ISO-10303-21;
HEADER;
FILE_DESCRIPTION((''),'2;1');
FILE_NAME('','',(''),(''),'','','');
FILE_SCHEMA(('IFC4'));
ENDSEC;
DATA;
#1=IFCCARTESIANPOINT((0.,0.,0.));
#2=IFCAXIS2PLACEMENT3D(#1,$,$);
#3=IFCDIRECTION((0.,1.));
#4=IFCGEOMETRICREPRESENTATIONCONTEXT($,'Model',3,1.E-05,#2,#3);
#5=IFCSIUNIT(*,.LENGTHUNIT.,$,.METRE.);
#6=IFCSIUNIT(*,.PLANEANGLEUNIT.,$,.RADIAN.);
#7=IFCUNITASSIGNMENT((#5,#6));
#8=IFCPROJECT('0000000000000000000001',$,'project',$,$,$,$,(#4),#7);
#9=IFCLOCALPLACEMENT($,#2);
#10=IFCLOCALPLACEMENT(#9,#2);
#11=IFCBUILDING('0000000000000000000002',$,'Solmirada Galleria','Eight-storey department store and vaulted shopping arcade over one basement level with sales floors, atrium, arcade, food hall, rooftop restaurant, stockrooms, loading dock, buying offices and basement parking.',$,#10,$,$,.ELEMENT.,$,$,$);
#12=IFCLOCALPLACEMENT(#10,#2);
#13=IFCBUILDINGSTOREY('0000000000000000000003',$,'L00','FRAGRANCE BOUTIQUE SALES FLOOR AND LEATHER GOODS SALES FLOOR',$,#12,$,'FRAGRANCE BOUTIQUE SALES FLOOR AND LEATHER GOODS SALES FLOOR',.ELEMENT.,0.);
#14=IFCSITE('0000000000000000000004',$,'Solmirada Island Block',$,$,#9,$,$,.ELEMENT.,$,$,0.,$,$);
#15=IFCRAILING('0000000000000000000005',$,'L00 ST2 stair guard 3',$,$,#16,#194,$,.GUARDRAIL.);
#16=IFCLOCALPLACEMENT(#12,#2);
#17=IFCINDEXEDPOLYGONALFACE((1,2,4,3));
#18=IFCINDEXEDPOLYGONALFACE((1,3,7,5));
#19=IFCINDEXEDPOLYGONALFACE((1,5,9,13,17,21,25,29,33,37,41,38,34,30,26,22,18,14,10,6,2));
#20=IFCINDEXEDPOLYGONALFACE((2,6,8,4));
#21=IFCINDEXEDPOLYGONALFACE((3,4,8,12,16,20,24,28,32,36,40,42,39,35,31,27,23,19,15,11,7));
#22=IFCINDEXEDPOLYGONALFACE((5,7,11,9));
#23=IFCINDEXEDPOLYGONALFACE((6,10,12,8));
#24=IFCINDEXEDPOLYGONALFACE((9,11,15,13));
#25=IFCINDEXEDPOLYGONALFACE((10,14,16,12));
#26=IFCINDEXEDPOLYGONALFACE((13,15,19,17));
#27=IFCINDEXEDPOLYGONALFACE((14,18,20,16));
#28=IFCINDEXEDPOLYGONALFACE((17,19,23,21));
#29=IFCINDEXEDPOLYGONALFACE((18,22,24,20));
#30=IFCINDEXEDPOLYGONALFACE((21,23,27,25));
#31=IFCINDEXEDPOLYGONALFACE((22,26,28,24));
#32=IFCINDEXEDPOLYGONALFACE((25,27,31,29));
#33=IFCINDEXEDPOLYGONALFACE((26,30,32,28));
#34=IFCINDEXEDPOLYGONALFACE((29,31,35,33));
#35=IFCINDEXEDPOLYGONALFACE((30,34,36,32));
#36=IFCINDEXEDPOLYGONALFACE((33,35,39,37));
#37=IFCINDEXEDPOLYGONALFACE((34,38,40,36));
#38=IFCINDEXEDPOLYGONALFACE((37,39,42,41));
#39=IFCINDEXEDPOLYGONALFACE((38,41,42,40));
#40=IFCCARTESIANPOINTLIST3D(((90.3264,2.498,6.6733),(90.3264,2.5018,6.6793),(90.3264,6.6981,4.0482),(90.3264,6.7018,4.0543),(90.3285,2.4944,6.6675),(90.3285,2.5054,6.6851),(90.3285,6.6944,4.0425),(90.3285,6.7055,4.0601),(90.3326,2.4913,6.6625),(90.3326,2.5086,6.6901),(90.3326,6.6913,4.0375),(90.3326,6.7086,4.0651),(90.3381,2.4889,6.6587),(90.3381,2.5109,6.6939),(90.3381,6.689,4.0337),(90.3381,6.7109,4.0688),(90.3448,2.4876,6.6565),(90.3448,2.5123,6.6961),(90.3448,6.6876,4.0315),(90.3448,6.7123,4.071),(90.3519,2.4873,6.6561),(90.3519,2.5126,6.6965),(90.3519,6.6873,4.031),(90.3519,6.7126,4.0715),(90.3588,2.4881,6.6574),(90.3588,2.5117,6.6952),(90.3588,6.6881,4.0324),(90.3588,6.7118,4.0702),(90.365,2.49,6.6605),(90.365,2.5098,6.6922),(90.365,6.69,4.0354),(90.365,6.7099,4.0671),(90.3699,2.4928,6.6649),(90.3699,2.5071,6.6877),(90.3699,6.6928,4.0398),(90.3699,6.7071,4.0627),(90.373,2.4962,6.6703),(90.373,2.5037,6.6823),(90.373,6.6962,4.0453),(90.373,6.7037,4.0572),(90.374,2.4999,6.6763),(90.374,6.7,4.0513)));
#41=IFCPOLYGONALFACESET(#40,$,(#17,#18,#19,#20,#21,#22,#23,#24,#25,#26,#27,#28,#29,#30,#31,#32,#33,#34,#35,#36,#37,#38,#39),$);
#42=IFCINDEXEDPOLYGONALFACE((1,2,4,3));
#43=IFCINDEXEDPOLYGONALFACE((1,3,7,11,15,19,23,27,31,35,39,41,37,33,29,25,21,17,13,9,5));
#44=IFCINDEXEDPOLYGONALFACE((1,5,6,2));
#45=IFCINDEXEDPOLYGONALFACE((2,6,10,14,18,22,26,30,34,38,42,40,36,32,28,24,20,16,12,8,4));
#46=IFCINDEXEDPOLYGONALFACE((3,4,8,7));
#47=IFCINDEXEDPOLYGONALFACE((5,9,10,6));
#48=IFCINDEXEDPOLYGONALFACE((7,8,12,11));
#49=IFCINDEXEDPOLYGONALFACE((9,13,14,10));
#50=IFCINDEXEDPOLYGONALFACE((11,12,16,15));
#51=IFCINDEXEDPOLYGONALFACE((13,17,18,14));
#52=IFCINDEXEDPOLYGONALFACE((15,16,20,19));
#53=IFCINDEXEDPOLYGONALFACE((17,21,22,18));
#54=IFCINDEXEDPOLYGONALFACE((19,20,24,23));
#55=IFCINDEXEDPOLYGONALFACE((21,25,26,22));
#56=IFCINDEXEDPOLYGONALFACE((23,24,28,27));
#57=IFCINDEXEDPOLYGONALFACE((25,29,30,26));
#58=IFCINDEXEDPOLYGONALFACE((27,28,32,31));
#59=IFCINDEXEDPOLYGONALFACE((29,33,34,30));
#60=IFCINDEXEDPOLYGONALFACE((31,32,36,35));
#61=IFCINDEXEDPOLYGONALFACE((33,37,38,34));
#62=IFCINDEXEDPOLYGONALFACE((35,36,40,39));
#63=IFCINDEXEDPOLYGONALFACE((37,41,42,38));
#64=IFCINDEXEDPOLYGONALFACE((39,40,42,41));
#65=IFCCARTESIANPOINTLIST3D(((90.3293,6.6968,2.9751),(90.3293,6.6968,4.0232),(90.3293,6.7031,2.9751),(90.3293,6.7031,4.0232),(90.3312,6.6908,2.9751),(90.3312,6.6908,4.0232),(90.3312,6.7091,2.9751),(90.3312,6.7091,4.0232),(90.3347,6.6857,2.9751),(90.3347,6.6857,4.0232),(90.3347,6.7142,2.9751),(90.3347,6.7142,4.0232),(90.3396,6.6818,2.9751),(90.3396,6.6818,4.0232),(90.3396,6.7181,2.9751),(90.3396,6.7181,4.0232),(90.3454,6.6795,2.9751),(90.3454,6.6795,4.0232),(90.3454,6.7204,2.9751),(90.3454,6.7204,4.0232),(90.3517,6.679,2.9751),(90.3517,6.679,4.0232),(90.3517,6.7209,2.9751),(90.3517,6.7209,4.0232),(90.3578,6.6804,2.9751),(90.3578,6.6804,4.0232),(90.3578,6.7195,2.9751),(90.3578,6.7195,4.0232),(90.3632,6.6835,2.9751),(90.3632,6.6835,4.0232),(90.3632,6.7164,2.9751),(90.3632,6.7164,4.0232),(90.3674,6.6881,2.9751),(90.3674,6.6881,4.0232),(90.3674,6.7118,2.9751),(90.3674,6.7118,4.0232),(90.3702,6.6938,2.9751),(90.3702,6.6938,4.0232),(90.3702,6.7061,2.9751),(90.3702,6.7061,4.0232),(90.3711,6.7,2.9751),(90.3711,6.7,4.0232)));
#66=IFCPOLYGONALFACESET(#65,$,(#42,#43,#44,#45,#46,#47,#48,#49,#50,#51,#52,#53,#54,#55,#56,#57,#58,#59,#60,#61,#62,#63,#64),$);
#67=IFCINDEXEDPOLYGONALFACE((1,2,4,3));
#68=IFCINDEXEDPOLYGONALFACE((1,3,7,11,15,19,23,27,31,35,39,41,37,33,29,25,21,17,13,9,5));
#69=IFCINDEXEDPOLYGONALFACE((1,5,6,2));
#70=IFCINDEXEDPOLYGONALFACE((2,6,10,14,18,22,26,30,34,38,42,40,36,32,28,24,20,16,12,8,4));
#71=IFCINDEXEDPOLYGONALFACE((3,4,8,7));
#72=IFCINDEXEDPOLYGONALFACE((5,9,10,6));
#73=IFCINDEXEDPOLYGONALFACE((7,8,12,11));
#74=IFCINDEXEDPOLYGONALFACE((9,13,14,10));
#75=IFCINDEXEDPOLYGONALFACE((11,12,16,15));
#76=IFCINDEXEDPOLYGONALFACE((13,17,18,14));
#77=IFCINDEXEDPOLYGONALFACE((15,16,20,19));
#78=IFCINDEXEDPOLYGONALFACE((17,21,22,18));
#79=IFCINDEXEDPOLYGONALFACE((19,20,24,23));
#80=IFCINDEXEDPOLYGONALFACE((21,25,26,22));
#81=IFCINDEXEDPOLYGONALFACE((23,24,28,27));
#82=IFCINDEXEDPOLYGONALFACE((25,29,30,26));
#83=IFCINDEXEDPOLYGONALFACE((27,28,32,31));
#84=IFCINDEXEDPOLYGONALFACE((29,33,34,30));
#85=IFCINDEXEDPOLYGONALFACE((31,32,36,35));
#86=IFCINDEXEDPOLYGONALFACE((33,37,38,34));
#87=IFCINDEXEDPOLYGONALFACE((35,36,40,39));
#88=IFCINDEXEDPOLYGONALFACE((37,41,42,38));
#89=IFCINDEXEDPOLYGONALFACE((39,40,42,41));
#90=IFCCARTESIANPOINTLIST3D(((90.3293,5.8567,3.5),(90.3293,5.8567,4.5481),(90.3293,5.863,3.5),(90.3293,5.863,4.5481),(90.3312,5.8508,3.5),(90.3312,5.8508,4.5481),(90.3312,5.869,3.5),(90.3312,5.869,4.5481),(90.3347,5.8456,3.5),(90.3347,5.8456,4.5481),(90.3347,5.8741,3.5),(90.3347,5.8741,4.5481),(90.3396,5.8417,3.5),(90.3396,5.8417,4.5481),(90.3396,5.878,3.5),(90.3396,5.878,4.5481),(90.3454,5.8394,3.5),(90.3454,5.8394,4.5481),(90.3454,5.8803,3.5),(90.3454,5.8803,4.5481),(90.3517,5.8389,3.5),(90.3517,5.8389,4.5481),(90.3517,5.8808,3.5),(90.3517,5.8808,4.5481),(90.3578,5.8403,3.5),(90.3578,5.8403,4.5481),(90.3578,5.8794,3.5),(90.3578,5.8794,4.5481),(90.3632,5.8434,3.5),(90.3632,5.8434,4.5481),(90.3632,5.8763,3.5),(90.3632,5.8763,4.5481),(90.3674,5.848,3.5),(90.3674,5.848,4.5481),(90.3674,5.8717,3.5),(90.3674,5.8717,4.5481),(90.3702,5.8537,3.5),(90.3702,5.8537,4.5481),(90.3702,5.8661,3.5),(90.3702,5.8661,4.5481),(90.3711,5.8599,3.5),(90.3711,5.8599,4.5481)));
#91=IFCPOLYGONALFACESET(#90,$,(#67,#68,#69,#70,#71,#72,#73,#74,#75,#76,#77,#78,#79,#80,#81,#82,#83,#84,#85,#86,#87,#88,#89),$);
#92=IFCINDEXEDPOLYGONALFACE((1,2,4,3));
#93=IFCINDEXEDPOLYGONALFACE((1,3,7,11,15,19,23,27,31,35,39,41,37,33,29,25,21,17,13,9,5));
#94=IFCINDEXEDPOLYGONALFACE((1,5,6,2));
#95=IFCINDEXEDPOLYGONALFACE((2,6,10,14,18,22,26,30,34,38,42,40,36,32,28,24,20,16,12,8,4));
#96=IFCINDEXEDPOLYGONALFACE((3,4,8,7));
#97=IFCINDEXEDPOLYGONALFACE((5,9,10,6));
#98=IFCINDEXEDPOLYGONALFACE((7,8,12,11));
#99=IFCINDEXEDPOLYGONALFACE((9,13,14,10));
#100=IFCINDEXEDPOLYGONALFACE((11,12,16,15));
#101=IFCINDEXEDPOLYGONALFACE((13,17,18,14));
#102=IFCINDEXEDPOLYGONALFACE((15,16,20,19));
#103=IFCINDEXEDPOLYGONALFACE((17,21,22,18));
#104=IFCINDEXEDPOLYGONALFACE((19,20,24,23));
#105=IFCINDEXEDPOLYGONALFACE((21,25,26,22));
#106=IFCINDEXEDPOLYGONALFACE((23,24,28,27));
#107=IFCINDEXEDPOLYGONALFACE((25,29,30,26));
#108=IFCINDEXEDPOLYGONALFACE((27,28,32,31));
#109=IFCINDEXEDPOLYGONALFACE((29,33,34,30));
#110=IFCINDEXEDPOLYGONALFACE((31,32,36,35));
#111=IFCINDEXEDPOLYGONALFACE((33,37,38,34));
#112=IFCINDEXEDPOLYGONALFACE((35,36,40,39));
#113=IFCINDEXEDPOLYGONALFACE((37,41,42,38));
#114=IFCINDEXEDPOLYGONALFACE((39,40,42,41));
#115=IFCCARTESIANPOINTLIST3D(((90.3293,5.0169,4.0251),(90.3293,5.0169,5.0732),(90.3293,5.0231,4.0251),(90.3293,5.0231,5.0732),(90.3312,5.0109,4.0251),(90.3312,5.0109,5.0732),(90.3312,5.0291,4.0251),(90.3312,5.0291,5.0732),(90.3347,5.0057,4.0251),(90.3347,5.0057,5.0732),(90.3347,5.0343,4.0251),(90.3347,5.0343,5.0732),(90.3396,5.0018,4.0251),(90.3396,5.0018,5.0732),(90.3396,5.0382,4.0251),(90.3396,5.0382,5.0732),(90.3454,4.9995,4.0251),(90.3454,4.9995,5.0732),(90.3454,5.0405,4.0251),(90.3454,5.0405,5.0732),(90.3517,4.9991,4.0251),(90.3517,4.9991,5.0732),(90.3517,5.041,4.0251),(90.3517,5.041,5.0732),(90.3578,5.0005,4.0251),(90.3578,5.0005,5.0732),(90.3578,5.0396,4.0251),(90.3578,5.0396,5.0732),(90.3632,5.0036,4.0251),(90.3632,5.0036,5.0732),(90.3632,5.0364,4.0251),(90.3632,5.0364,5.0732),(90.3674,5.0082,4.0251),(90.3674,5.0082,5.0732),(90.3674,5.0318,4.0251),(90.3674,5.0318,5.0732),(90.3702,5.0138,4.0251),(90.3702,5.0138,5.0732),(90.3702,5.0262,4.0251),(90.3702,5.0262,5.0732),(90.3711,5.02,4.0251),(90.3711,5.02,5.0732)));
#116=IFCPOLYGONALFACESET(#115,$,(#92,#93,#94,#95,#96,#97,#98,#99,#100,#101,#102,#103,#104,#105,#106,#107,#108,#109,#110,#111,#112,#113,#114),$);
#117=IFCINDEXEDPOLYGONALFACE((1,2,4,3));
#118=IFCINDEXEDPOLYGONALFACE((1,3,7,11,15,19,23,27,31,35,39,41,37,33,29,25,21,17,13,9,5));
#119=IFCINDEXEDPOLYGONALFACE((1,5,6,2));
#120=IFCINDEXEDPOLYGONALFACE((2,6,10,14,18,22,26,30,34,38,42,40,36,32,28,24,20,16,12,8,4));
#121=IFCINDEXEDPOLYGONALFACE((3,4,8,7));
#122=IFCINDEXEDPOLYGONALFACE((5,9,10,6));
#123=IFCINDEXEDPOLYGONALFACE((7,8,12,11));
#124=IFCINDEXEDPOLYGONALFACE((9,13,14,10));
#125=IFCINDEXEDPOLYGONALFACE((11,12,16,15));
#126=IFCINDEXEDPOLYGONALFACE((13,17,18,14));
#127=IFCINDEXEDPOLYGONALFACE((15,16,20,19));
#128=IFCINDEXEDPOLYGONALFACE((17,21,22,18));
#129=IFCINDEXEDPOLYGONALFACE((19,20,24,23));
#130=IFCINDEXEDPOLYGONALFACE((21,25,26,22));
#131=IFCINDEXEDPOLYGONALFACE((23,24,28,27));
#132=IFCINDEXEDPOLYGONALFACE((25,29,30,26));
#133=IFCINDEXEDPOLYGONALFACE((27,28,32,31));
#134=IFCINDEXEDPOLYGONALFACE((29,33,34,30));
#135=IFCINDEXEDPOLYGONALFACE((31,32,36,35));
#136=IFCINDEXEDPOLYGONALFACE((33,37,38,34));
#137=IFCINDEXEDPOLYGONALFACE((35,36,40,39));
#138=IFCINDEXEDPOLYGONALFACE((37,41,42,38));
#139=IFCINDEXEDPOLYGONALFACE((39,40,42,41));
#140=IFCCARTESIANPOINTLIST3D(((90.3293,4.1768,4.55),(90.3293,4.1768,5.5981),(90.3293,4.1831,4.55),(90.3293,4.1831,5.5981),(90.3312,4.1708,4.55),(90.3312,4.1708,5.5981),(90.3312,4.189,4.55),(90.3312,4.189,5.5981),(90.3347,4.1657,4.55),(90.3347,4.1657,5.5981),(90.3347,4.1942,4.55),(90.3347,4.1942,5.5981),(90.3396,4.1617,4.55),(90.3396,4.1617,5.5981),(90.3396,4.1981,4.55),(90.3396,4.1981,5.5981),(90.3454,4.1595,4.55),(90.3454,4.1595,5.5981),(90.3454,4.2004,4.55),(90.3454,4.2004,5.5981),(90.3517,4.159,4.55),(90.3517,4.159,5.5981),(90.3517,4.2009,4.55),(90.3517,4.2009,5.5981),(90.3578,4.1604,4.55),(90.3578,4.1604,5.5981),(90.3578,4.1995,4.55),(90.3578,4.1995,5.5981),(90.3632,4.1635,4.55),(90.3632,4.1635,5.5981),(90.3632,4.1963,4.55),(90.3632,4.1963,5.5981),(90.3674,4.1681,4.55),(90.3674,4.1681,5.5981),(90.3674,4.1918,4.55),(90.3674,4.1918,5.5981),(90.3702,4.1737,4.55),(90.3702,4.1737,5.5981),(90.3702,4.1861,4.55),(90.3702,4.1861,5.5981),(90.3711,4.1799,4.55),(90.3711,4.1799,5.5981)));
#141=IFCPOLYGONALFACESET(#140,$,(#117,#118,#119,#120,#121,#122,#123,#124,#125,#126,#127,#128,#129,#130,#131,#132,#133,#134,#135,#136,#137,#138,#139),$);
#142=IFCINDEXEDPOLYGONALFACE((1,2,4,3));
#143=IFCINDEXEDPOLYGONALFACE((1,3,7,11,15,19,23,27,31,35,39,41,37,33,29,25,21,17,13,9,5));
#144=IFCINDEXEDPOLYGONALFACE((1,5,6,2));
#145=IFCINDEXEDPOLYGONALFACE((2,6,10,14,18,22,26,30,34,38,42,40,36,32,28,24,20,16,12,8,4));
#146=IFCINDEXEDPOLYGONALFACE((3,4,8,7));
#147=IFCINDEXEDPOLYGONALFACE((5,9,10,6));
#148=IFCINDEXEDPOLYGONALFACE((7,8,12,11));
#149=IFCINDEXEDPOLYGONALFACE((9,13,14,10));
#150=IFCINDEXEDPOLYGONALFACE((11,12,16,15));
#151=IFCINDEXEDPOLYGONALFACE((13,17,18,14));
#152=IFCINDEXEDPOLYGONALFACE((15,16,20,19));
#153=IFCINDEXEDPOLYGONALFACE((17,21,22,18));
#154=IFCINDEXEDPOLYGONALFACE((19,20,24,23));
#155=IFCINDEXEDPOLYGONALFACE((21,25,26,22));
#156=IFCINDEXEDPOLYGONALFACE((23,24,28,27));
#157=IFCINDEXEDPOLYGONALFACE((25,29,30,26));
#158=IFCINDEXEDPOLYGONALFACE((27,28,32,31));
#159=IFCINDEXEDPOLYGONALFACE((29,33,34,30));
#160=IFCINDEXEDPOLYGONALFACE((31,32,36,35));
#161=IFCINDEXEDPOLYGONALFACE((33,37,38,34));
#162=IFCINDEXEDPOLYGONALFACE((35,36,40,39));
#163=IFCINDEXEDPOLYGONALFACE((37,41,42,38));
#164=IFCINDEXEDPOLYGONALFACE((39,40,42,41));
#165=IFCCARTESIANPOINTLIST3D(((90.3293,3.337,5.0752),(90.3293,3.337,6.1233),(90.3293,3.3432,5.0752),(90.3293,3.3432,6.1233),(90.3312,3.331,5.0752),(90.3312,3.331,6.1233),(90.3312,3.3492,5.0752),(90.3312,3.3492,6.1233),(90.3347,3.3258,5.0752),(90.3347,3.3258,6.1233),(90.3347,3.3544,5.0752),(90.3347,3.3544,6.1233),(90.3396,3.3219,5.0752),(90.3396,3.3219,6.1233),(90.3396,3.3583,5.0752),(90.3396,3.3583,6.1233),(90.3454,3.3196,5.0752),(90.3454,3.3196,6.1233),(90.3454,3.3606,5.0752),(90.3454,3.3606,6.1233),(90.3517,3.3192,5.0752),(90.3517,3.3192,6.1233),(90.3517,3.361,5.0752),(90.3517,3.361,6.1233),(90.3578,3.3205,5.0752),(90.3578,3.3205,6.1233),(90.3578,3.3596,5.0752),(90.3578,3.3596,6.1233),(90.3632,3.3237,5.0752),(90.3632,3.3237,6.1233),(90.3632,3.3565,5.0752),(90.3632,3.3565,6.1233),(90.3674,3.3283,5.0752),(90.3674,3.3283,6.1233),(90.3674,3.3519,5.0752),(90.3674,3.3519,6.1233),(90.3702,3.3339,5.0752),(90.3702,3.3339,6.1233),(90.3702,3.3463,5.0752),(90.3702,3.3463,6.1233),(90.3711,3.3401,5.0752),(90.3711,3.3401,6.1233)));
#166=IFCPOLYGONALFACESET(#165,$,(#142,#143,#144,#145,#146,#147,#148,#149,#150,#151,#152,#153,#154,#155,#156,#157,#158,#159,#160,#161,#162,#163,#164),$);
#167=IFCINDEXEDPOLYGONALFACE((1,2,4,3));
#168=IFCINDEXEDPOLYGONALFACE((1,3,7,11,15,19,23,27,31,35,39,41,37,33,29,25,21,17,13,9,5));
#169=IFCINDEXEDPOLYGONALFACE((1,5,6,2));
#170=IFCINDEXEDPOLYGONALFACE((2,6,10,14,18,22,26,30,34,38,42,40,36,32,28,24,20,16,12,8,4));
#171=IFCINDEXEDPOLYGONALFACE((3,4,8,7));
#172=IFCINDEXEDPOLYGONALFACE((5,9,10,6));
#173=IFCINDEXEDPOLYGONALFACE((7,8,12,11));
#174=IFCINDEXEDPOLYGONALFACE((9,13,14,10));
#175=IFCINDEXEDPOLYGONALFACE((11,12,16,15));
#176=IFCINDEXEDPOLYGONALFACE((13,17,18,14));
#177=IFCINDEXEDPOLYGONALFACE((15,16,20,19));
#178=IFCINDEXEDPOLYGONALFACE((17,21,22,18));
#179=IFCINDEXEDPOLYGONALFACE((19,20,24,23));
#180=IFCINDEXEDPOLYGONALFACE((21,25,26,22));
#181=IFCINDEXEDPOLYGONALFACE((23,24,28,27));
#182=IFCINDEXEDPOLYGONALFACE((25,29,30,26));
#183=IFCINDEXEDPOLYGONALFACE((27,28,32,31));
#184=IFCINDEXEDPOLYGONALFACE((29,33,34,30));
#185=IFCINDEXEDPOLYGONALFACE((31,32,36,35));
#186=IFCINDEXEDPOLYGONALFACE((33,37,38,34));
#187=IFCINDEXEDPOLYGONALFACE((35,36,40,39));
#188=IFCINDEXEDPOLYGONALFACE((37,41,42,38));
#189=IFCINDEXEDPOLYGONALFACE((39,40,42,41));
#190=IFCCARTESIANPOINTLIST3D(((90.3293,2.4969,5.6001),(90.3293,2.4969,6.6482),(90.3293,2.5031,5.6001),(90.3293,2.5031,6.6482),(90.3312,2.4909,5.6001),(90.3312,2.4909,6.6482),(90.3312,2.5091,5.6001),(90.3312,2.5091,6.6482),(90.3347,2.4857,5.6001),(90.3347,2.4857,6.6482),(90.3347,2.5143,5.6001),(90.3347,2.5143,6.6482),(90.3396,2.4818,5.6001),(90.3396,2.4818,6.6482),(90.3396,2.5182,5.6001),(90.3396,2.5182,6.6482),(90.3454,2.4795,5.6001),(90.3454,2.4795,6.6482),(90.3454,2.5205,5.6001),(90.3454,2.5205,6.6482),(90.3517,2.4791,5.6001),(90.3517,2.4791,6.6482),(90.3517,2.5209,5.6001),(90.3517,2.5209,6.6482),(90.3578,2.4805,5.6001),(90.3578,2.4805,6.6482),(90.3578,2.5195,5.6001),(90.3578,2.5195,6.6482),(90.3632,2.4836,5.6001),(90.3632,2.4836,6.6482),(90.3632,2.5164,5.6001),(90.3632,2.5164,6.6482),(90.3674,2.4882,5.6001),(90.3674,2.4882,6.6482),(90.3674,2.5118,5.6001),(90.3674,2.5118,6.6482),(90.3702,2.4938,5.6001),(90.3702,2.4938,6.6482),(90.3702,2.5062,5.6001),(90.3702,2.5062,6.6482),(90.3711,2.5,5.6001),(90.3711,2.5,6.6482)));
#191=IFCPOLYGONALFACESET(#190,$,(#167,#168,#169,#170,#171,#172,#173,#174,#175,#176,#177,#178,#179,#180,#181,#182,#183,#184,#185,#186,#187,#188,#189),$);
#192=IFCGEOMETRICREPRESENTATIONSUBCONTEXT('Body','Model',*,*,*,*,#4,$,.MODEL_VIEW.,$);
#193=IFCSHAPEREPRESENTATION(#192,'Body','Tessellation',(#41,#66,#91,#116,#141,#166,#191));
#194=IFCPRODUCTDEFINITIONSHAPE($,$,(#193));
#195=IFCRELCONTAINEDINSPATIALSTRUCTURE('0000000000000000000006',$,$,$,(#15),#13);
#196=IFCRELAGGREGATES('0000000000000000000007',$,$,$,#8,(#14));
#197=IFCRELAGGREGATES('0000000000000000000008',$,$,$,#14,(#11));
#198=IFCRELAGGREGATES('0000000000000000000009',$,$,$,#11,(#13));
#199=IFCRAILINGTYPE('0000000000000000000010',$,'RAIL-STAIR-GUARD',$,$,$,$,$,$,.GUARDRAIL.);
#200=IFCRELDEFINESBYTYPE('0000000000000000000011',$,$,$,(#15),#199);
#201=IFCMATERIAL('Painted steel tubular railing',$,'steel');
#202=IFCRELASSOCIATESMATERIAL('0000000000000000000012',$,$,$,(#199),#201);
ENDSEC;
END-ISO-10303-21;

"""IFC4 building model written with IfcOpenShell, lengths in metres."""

from ifc_helpers import new_model, si_unit, direction, frame, origin, origin_2d, place, context, subcontext, project, spatial, circle, extrude, material, type_object, element, save


model = new_model("IFC4")

# Units and contexts
model_context = context("Model", 3, precision=1e-05, world=origin(), true_north=direction((0.0, 1.0)))
body_context = subcontext(model_context, "Body", "Model", "MODEL_VIEW")
ifc_project = project(units=[si_unit("LENGTHUNIT", "METRE"), si_unit("PLANEANGLEUNIT", "RADIAN")], contexts=[model_context])

# Site, building, storey
site_placement = place(None, origin())
site = spatial("IfcSite", under=ifc_project, at=site_placement, Name="Solmirada Island Block", CompositionType="ELEMENT", RefElevation=0.0)
building_placement = place(site_placement, origin())
building = spatial("IfcBuilding", under=site, at=building_placement, Name="Solmirada Galleria", Description="Eight-storey department store and vaulted shopping arcade over one basement level with sales floors, atrium, arcade, food hall, rooftop restaurant, stockrooms, loading dock, buying offices and basement parking.", CompositionType="ELEMENT")
storey_placement = place(building_placement, origin())
storey = spatial("IfcBuildingStorey", under=building, at=storey_placement, Name="L00", Description="FRAGRANCE BOUTIQUE SALES FLOOR AND LEATHER GOODS SALES FLOOR", LongName="FRAGRANCE BOUTIQUE SALES FLOOR AND LEATHER GOODS SALES FLOOR", CompositionType="ELEMENT", Elevation=0.0)

# Railing
ifc_material_1 = material(Name="Painted steel tubular railing", Category="steel")
railing_type_1 = type_object("IfcRailingType", Name="RAIL-STAIR-GUARD", PredefinedType="GUARDRAIL", material=ifc_material_1)
railing_1_placement = place(storey_placement, frame((90.3501, 6.7, 2.9751)))
element("IfcRailing", 1, at=railing_1_placement, inside=storey, type_object=railing_type_1, Name="L00 ST2 stair guard 3", PredefinedType="GUARDRAIL", context=body_context, shape_type="SweptSolid", body=[
    extrude(circle(Radius=0.0239, at=origin_2d()), frame((0.0, 0.0, 1.0762), z_axis=(0.0, -0.847996, 0.530003), x_axis=(1.0, 0.0, 0.0)), (0.0, 0.0, 1.0), 4.9529),
    extrude(circle(Radius=0.021, at=origin_2d()), origin(), (0.0, 0.0, 1.0), 1.0481),
    extrude(circle(Radius=0.021, at=origin_2d()), frame((0.0, -0.8401, 0.5249)), (0.0, 0.0, 1.0), 1.0481),
    extrude(circle(Radius=0.021, at=origin_2d()), frame((0.0, -1.6799, 1.05)), (0.0, 0.0, 1.0), 1.0481),
    extrude(circle(Radius=0.021, at=origin_2d()), frame((0.0, -2.52, 1.575)), (0.0, 0.0, 1.0), 1.0481),
    extrude(circle(Radius=0.021, at=origin_2d()), frame((0.0, -3.3599, 2.1001)), (0.0, 0.0, 1.0), 1.0481),
    extrude(circle(Radius=0.021, at=origin_2d()), frame((0.0, -4.2, 2.625)), (0.0, 0.0, 1.0), 1.0481),
])

save(model, "model.ifc")
